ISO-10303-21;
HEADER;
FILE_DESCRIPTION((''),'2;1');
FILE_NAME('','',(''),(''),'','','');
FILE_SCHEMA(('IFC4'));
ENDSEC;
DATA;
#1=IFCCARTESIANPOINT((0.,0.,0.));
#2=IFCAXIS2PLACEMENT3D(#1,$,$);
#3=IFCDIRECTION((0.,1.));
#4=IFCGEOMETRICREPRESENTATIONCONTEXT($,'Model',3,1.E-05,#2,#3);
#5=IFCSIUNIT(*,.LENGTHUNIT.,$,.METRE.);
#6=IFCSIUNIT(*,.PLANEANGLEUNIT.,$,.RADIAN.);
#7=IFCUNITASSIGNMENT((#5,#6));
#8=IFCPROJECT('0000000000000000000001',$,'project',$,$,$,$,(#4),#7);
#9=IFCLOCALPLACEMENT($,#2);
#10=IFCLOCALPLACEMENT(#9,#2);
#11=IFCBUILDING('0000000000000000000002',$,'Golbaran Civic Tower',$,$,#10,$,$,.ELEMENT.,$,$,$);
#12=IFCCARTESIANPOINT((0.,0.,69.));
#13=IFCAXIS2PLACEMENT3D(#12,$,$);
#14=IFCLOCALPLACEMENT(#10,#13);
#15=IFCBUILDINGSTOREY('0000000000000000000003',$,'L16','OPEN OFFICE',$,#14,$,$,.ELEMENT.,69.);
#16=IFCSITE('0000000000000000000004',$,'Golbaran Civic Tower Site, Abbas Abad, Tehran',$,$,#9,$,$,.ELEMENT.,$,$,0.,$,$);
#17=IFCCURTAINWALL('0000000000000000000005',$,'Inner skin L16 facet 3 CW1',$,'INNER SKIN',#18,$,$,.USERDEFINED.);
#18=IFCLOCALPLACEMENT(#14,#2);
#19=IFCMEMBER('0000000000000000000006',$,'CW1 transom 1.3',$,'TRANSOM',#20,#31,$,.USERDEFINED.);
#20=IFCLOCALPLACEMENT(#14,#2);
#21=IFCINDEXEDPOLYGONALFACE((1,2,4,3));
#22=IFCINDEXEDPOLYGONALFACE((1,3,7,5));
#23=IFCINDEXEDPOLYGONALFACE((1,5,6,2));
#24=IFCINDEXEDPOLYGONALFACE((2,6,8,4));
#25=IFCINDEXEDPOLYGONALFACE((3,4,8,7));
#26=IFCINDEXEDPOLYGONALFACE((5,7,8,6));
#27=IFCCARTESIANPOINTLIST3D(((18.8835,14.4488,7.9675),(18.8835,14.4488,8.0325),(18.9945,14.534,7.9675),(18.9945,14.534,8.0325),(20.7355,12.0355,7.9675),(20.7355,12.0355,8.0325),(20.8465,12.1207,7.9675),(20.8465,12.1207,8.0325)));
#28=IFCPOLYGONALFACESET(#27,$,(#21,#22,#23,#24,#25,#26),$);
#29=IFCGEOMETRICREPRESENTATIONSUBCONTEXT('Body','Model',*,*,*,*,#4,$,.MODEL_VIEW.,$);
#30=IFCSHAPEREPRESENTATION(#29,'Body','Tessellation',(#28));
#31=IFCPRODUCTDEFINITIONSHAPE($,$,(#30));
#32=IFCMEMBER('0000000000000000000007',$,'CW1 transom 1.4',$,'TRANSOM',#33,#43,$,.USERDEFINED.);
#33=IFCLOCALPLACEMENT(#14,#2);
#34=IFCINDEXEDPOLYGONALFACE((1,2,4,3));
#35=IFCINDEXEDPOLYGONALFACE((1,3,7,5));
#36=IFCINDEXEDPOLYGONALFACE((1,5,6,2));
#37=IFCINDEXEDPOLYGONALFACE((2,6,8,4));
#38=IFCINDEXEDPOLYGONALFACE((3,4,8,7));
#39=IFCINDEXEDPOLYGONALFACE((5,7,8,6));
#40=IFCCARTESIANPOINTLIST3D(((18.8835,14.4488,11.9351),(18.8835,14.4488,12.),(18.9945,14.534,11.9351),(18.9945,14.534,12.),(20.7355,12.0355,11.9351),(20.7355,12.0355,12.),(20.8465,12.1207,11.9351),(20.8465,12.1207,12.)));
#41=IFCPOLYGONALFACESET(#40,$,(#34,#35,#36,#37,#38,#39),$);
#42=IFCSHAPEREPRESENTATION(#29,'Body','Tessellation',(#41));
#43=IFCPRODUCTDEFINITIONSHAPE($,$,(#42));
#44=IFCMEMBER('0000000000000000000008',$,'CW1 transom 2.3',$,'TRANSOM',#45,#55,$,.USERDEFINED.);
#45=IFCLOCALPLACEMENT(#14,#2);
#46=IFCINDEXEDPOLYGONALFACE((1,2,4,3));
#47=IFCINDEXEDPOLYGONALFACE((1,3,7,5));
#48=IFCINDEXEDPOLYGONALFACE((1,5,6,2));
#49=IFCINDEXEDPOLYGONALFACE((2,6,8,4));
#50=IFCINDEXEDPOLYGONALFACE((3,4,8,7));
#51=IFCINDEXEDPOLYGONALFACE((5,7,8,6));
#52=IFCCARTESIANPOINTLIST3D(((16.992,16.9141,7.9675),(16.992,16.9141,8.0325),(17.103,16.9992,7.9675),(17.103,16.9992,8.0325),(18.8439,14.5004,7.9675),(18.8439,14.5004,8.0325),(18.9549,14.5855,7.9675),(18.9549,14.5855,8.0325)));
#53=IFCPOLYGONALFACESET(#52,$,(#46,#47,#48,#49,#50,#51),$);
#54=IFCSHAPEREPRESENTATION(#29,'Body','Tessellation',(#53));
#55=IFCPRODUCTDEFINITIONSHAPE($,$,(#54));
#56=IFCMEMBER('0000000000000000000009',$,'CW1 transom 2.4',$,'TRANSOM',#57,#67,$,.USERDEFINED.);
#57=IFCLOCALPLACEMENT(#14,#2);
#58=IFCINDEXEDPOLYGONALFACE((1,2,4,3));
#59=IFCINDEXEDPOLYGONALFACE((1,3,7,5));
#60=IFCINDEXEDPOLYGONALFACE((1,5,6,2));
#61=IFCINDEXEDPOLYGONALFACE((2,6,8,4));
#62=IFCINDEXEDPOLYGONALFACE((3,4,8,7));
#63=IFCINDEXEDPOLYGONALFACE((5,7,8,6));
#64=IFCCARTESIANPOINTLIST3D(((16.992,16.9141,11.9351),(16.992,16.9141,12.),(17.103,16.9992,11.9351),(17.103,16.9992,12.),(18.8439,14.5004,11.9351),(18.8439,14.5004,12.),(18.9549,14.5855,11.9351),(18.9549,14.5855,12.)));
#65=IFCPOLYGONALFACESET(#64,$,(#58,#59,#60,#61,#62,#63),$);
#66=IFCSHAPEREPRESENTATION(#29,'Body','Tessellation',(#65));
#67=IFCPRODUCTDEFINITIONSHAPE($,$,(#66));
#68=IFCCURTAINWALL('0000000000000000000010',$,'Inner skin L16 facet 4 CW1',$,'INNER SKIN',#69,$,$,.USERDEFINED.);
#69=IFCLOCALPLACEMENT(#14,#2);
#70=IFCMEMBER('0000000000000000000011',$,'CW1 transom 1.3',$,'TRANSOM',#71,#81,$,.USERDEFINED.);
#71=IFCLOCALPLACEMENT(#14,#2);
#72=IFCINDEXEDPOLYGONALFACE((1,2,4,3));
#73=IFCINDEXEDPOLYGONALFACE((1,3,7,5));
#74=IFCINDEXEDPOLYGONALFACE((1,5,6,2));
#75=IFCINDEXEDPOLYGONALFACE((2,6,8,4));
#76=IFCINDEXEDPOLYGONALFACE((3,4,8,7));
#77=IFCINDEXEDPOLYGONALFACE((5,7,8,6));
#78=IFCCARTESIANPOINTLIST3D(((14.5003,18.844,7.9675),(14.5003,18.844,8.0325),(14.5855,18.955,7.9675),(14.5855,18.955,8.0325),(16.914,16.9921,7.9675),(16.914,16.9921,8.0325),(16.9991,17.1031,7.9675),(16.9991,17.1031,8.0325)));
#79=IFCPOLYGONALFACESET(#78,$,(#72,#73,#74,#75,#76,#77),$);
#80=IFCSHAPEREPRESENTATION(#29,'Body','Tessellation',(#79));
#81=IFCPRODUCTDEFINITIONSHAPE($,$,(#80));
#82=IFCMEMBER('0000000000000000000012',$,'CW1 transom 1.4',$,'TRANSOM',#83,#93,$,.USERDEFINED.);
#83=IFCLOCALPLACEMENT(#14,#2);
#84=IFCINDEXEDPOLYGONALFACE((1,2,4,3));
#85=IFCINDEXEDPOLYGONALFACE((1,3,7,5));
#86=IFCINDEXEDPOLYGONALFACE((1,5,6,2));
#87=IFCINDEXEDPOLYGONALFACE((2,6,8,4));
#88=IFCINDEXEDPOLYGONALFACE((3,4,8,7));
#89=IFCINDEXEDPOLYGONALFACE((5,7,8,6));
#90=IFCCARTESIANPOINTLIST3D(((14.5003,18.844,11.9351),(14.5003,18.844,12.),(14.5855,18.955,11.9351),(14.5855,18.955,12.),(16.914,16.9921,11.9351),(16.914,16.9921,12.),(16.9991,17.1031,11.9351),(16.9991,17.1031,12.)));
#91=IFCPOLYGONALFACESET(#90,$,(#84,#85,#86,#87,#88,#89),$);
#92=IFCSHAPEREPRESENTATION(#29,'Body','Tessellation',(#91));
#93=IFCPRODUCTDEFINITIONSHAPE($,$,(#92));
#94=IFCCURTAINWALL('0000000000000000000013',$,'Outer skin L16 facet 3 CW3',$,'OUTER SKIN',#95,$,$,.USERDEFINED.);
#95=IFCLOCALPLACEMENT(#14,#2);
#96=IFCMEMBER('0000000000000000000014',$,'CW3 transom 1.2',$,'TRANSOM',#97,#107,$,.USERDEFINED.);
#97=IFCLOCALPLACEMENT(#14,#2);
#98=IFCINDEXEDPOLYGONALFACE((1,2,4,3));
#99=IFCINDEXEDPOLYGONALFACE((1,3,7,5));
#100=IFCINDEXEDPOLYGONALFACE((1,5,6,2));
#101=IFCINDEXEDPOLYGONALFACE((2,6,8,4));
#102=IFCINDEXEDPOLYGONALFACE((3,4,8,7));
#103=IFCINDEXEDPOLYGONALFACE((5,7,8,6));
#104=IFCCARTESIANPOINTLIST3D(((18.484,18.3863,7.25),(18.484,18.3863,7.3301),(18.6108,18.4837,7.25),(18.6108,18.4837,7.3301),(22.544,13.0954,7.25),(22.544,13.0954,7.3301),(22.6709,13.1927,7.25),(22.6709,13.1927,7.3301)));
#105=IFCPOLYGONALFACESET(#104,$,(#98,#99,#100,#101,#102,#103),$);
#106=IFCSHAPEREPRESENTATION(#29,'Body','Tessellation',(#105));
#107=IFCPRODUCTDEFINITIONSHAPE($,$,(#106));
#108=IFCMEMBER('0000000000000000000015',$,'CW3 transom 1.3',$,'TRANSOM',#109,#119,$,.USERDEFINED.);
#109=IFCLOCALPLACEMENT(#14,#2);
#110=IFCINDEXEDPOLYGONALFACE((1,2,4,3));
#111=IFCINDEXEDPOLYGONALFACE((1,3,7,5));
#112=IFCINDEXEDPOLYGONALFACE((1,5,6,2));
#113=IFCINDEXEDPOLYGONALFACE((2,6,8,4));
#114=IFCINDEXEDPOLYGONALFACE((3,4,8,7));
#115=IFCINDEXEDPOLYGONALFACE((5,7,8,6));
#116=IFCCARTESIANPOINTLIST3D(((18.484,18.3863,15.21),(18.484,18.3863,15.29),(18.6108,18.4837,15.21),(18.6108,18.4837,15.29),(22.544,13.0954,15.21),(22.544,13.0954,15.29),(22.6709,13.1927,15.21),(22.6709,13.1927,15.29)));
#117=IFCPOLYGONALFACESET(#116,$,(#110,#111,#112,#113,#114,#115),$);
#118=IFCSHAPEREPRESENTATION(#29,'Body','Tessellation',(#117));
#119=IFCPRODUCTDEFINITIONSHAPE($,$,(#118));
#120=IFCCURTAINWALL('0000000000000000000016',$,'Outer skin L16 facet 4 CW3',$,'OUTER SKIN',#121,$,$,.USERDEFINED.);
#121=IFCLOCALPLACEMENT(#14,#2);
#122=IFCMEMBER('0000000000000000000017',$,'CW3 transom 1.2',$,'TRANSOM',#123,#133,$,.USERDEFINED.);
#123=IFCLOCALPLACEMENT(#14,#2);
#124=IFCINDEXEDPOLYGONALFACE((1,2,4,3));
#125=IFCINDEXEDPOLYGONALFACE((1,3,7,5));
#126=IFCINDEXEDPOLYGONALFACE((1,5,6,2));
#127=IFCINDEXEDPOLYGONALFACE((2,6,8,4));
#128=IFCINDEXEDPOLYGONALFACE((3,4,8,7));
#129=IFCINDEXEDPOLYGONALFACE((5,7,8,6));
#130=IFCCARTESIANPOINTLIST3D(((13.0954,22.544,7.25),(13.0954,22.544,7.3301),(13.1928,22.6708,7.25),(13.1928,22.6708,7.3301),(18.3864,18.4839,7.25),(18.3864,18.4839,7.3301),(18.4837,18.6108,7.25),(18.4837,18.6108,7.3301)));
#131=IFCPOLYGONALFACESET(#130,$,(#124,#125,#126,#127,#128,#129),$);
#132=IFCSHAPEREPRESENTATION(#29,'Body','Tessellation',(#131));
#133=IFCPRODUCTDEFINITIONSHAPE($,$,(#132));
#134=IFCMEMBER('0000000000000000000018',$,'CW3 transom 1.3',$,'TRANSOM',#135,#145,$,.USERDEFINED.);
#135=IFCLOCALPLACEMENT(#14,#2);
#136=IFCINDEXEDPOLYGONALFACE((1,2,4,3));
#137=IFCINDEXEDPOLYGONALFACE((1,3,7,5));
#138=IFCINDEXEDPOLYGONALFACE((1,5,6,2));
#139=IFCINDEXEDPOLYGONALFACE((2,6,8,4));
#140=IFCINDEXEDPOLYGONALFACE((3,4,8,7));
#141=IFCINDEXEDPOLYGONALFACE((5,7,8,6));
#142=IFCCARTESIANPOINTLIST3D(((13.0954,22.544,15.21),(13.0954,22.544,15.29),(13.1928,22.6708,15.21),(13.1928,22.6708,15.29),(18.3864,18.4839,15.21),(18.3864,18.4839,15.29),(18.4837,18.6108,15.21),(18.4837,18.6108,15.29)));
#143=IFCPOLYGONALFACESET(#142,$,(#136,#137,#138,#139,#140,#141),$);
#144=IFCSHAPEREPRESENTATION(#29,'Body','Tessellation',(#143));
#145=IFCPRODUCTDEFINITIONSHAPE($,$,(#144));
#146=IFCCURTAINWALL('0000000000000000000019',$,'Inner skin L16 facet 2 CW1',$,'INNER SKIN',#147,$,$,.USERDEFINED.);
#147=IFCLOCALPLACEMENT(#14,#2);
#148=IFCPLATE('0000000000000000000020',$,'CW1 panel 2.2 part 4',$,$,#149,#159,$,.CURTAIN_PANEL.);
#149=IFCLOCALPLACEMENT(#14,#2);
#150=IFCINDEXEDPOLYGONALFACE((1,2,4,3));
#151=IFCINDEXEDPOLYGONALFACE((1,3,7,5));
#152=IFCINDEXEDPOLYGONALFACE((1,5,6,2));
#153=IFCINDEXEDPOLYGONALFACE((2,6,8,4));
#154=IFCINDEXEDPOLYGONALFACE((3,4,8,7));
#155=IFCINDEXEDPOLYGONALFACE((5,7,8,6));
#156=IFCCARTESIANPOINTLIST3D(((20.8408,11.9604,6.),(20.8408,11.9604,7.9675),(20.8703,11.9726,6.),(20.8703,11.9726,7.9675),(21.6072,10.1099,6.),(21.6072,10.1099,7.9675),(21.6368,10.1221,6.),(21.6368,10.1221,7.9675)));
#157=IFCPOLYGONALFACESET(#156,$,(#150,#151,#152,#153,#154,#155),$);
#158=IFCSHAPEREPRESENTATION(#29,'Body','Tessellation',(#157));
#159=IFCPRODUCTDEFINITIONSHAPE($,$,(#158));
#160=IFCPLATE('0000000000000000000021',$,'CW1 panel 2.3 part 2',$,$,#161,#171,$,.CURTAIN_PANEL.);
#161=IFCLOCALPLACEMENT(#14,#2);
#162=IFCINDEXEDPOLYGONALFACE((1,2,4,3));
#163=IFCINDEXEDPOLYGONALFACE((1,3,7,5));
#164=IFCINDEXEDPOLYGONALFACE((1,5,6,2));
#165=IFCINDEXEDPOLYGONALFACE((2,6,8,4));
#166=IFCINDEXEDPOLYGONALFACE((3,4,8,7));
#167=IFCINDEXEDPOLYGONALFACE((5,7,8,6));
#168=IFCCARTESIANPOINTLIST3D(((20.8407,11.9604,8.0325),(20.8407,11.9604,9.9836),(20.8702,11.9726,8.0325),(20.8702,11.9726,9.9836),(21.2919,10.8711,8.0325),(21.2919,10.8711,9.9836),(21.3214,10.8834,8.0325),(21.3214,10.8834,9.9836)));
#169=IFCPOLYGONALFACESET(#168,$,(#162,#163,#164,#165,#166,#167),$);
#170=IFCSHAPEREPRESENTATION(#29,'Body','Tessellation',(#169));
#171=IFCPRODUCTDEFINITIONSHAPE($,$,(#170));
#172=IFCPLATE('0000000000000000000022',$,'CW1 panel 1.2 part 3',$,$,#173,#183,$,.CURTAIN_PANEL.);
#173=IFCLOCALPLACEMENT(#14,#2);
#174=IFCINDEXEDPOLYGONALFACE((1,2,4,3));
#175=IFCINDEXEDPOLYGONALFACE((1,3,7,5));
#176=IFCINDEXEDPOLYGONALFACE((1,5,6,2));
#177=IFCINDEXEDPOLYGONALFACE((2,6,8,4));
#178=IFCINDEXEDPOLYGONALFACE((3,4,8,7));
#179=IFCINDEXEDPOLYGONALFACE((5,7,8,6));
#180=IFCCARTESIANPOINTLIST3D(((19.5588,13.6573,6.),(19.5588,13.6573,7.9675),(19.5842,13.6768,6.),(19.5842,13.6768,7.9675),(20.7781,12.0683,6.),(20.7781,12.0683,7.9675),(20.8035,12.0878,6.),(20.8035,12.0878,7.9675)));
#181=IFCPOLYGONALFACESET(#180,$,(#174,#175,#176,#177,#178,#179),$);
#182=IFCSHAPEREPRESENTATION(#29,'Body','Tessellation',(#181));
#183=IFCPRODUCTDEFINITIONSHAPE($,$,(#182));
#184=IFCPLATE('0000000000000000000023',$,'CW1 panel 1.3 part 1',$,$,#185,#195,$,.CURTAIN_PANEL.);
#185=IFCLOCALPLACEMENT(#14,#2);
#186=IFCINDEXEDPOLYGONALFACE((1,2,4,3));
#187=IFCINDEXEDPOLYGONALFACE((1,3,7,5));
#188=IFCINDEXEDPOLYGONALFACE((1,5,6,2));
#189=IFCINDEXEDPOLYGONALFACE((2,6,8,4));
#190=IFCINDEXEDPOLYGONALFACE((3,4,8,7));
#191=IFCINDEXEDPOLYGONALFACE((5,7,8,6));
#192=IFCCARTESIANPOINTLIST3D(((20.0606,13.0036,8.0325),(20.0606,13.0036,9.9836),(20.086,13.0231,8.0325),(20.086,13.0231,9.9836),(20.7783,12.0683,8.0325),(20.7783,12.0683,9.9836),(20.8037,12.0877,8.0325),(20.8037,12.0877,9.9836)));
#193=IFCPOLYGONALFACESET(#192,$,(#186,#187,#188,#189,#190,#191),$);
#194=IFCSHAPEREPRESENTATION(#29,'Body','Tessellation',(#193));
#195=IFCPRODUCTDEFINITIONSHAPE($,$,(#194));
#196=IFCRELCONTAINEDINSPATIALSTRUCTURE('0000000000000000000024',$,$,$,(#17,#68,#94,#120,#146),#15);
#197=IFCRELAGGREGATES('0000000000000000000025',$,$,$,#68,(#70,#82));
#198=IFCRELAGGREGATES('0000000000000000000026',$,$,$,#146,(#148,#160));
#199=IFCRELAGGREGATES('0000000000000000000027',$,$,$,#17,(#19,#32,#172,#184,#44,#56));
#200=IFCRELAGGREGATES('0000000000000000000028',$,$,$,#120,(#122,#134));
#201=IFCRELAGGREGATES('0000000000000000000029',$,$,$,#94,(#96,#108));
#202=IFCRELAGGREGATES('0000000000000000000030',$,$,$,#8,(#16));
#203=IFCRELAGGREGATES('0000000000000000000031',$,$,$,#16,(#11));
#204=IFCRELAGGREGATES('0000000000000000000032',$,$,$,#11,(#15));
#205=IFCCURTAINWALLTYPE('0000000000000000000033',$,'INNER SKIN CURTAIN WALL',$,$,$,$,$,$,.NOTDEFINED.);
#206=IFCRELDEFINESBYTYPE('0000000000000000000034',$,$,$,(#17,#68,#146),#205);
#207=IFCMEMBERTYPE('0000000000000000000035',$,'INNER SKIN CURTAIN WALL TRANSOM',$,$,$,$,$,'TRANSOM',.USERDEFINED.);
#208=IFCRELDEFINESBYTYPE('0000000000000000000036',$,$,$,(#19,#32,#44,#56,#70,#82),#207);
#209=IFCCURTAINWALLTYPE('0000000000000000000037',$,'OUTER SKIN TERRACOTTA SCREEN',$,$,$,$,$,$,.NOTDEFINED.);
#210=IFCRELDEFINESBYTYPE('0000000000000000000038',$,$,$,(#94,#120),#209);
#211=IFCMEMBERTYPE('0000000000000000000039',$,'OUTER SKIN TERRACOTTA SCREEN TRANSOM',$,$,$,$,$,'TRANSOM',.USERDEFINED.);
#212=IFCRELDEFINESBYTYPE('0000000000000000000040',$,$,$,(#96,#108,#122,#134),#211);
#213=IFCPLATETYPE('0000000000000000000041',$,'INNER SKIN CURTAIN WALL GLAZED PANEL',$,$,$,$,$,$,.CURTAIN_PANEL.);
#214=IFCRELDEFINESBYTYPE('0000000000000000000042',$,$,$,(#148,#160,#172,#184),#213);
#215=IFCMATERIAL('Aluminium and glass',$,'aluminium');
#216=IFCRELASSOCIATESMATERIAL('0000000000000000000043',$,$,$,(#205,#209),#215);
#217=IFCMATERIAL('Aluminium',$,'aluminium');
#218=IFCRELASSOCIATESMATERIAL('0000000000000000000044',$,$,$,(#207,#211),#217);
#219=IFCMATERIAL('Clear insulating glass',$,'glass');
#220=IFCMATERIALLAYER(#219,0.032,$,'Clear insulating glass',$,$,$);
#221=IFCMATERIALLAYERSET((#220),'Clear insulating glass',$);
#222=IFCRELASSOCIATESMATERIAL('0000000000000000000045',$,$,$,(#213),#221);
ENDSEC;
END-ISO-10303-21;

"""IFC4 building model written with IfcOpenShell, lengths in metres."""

from ifc_helpers import new_model, si_unit, direction, frame, origin, origin_2d, place, context, subcontext, project, spatial, rectangle, extrude, material, layer, layer_set, material_profile, profile_set, type_object, element, aggregate, save


model = new_model("IFC4")

# Units and contexts
model_context = context("Model", 3, precision=1e-05, world=origin(), true_north=direction((0.0, 1.0)))
body_context = subcontext(model_context, "Body", "Model", "MODEL_VIEW")
ifc_project = project(units=[si_unit("LENGTHUNIT", "METRE"), si_unit("PLANEANGLEUNIT", "RADIAN")], contexts=[model_context])

# Site, building, storey
site_placement = place(None, origin())
site = spatial("IfcSite", under=ifc_project, at=site_placement, Name="Golbaran Civic Tower Site, Abbas Abad, Tehran", CompositionType="ELEMENT", RefElevation=0.0)
building_placement = place(site_placement, origin())
building = spatial("IfcBuilding", under=site, at=building_placement, Name="Golbaran Civic Tower", CompositionType="ELEMENT")
storey_placement = place(building_placement, frame((0.0, 0.0, 69.0)))
storey = spatial("IfcBuildingStorey", under=building, at=storey_placement, Name="L16", Description="OPEN OFFICE", CompositionType="ELEMENT", Elevation=69.0)

# Curtain walls, members
ifc_material_1 = material(Name="Aluminium and glass", Category="aluminium")
curtain_wall_type_1 = type_object("IfcCurtainWallType", Name="INNER SKIN CURTAIN WALL", PredefinedType="NOTDEFINED", material=ifc_material_1)
curtain_wall_1_placement = place(storey_placement, origin())
curtain_wall_1 = element("IfcCurtainWall", 1, at=curtain_wall_1_placement, inside=storey, type_object=curtain_wall_type_1, Name="Inner skin L16 facet 3 CW1", ObjectType="INNER SKIN", PredefinedType="USERDEFINED")
ifc_material_2 = material(Name="Aluminium", Category="aluminium")
ifc_material_profile_1 = material_profile(ifc_material_2, rectangle(XDim=0.1399, YDim=0.0649, at=origin_2d()), Name="INNER SKIN CURTAIN WALL TRANSOM")
ifc_profile_set_1 = profile_set([ifc_material_profile_1], Name="Aluminium")
member_type_1 = type_object("IfcMemberType", Name="INNER SKIN CURTAIN WALL TRANSOM", ElementType="TRANSOM", PredefinedType="USERDEFINED", material=ifc_profile_set_1)
member_1_placement = place(storey_placement, frame((20.791, 12.0781, 8.0), z_axis=(-0.608811, 0.793316, 0.0), x_axis=(-0.793316, -0.608811, 0.0)))
member_1 = element("IfcMember", 2, at=member_1_placement, type_object=member_type_1, Name="CW1 transom 1.3", ObjectType="TRANSOM", PredefinedType="USERDEFINED", context=body_context, shape_type="SweptSolid", body=[
    extrude(rectangle(XDim=0.1399, YDim=0.0649, at=origin_2d()), origin(), (0.0, 0.0, 1.0), 3.042),
])
member_2_placement = place(storey_placement, frame((20.791, 12.0781, 11.9675), z_axis=(-0.608811, 0.793316, 0.0), x_axis=(-0.793316, -0.608811, 0.0)))
member_2 = element("IfcMember", 3, at=member_2_placement, type_object=member_type_1, Name="CW1 transom 1.4", ObjectType="TRANSOM", PredefinedType="USERDEFINED", context=body_context, shape_type="SweptSolid", body=[
    extrude(rectangle(XDim=0.1399, YDim=0.0649, at=origin_2d()), origin(), (0.0, 0.0, 1.0), 3.042),
])
member_3_placement = place(storey_placement, frame((18.8994, 14.543, 8.0), z_axis=(-0.608721, 0.793384, 0.0), x_axis=(-0.793384, -0.608721, 0.0)))
member_3 = element("IfcMember", 4, at=member_3_placement, type_object=member_type_1, Name="CW1 transom 2.3", ObjectType="TRANSOM", PredefinedType="USERDEFINED", context=body_context, shape_type="SweptSolid", body=[
    extrude(rectangle(XDim=0.1399, YDim=0.0649, at=origin_2d()), origin(), (0.0, 0.0, 1.0), 3.0422),
])
member_4_placement = place(storey_placement, frame((18.8994, 14.543, 11.9675), z_axis=(-0.608721, 0.793384, 0.0), x_axis=(-0.793384, -0.608721, 0.0)))
member_4 = element("IfcMember", 5, at=member_4_placement, type_object=member_type_1, Name="CW1 transom 2.4", ObjectType="TRANSOM", PredefinedType="USERDEFINED", context=body_context, shape_type="SweptSolid", body=[
    extrude(rectangle(XDim=0.1399, YDim=0.0649, at=origin_2d()), origin(), (0.0, 0.0, 1.0), 3.0422),
])
curtain_wall_2_placement = place(storey_placement, origin())
curtain_wall_2 = element("IfcCurtainWall", 6, at=curtain_wall_2_placement, inside=storey, type_object=curtain_wall_type_1, Name="Inner skin L16 facet 4 CW1", ObjectType="INNER SKIN", PredefinedType="USERDEFINED")
member_5_placement = place(storey_placement, frame((16.9565, 17.0476, 8.0), z_axis=(-0.793384, 0.608721, 0.0), x_axis=(-0.608721, -0.793384, 0.0)))
member_5 = element("IfcMember", 7, at=member_5_placement, type_object=member_type_1, Name="CW1 transom 1.3", ObjectType="TRANSOM", PredefinedType="USERDEFINED", context=body_context, shape_type="SweptSolid", body=[
    extrude(rectangle(XDim=0.1399, YDim=0.0649, at=origin_2d()), origin(), (0.0, 0.0, 1.0), 3.0422),
])
member_6_placement = place(storey_placement, frame((16.9565, 17.0476, 11.9675), z_axis=(-0.793384, 0.608721, 0.0), x_axis=(-0.608721, -0.793384, 0.0)))
member_6 = element("IfcMember", 8, at=member_6_placement, type_object=member_type_1, Name="CW1 transom 1.4", ObjectType="TRANSOM", PredefinedType="USERDEFINED", context=body_context, shape_type="SweptSolid", body=[
    extrude(rectangle(XDim=0.1399, YDim=0.0649, at=origin_2d()), origin(), (0.0, 0.0, 1.0), 3.0422),
])
curtain_wall_type_2 = type_object("IfcCurtainWallType", Name="OUTER SKIN TERRACOTTA SCREEN", PredefinedType="NOTDEFINED", material=ifc_material_1)
curtain_wall_3_placement = place(storey_placement, origin())
curtain_wall_3 = element("IfcCurtainWall", 9, at=curtain_wall_3_placement, inside=storey, type_object=curtain_wall_type_2, Name="Outer skin L16 facet 3 CW3", ObjectType="OUTER SKIN", PredefinedType="USERDEFINED")
ifc_material_profile_2 = material_profile(ifc_material_2, rectangle(XDim=0.1599, YDim=0.0801, at=origin_2d()), Name="OUTER SKIN TERRACOTTA SCREEN TRANSOM")
ifc_profile_set_2 = profile_set([ifc_material_profile_2], Name="Aluminium")
member_type_2 = type_object("IfcMemberType", Name="OUTER SKIN TERRACOTTA SCREEN TRANSOM", ElementType="TRANSOM", PredefinedType="USERDEFINED", material=ifc_profile_set_2)
member_7_placement = place(storey_placement, frame((22.6074, 13.144, 7.29), z_axis=(-0.608773, 0.793345, 0.0), x_axis=(-0.793345, -0.608773, 0.0)))
member_7 = element("IfcMember", 10, at=member_7_placement, type_object=member_type_2, Name="CW3 transom 1.2", ObjectType="TRANSOM", PredefinedType="USERDEFINED", context=body_context, shape_type="SweptSolid", body=[
    extrude(rectangle(XDim=0.1599, YDim=0.0801, at=origin_2d()), origin(), (0.0, 0.0, 1.0), 6.6692),
])
member_8_placement = place(storey_placement, frame((22.6074, 13.144, 15.25), z_axis=(-0.608773, 0.793345, 0.0), x_axis=(-0.793345, -0.608773, 0.0)))
member_8 = element("IfcMember", 11, at=member_8_placement, type_object=member_type_2, Name="CW3 transom 1.3", ObjectType="TRANSOM", PredefinedType="USERDEFINED", context=body_context, shape_type="SweptSolid", body=[
    extrude(rectangle(XDim=0.1599, YDim=0.0801, at=origin_2d()), origin(), (0.0, 0.0, 1.0), 6.6692),
])
curtain_wall_4_placement = place(storey_placement, origin())
curtain_wall_4 = element("IfcCurtainWall", 12, at=curtain_wall_4_placement, inside=storey, type_object=curtain_wall_type_2, Name="Outer skin L16 facet 4 CW3", ObjectType="OUTER SKIN", PredefinedType="USERDEFINED")
member_9_placement = place(storey_placement, frame((18.4351, 18.5474, 7.29), z_axis=(-0.793345, 0.608773, 0.0), x_axis=(-0.608773, -0.793345, 0.0)))
member_9 = element("IfcMember", 13, at=member_9_placement, type_object=member_type_2, Name="CW3 transom 1.2", ObjectType="TRANSOM", PredefinedType="USERDEFINED", context=body_context, shape_type="SweptSolid", body=[
    extrude(rectangle(XDim=0.1599, YDim=0.0801, at=origin_2d()), origin(), (0.0, 0.0, 1.0), 6.6692),
])
member_10_placement = place(storey_placement, frame((18.4351, 18.5474, 15.25), z_axis=(-0.793345, 0.608773, 0.0), x_axis=(-0.608773, -0.793345, 0.0)))
member_10 = element("IfcMember", 14, at=member_10_placement, type_object=member_type_2, Name="CW3 transom 1.3", ObjectType="TRANSOM", PredefinedType="USERDEFINED", context=body_context, shape_type="SweptSolid", body=[
    extrude(rectangle(XDim=0.1599, YDim=0.0801, at=origin_2d()), origin(), (0.0, 0.0, 1.0), 6.6692),
])

# Curtain wall, plates
curtain_wall_5_placement = place(storey_placement, origin())
curtain_wall_5 = element("IfcCurtainWall", 15, at=curtain_wall_5_placement, inside=storey, type_object=curtain_wall_type_1, Name="Inner skin L16 facet 2 CW1", ObjectType="INNER SKIN", PredefinedType="USERDEFINED")
ifc_material_3 = material(Name="Clear insulating glass", Category="glass")
ifc_layer_1 = layer(ifc_material_3, 0.032, Name="Clear insulating glass")
ifc_layer_set_1 = layer_set([ifc_layer_1], Name="Clear insulating glass")
plate_type_1 = type_object("IfcPlateType", Name="INNER SKIN CURTAIN WALL GLAZED PANEL", PredefinedType="CURTAIN_PANEL", material=ifc_layer_set_1)
plate_1_placement = place(storey_placement, frame((21.2388, 11.0413, 6.0), z_axis=(0.0, 0.0, 1.0), x_axis=(-0.382683, 0.92388, 0.0)))
plate_1 = element("IfcPlate", 16, at=plate_1_placement, type_object=plate_type_1, Name="CW1 panel 2.2 part 4", PredefinedType="CURTAIN_PANEL", context=body_context, shape_type="SweptSolid", body=[
    extrude(rectangle(XDim=2.0029, YDim=0.032, at=origin_2d()), origin(), (0.0, 0.0, 1.0), 1.9675),
])
plate_2_placement = place(storey_placement, frame((21.0811, 11.4219, 8.0325), z_axis=(0.0, 0.0, 1.0), x_axis=(-0.382683, 0.92388, 0.0)))
plate_2 = element("IfcPlate", 17, at=plate_2_placement, type_object=plate_type_1, Name="CW1 panel 2.3 part 2", PredefinedType="CURTAIN_PANEL", context=body_context, shape_type="SweptSolid", body=[
    extrude(rectangle(XDim=1.179, YDim=0.032, at=origin_2d()), origin(), (0.0, 0.0, 1.0), 1.9512),
])

# Plates
plate_3_placement = place(storey_placement, frame((20.1812, 12.8726, 6.0), z_axis=(0.0, 0.0, 1.0), x_axis=(-0.608761, 0.793353, 0.0)))
plate_3 = element("IfcPlate", 18, at=plate_3_placement, type_object=plate_type_1, Name="CW1 panel 1.2 part 3", PredefinedType="CURTAIN_PANEL", context=body_context, shape_type="SweptSolid", body=[
    extrude(rectangle(XDim=2.0029, YDim=0.032, at=origin_2d()), origin(), (0.0, 0.0, 1.0), 1.9675),
])
plate_4_placement = place(storey_placement, frame((20.4321, 12.5457, 8.0325), z_axis=(0.0, 0.0, 1.0), x_axis=(-0.608761, 0.793353, 0.0)))
plate_4 = element("IfcPlate", 19, at=plate_4_placement, type_object=plate_type_1, Name="CW1 panel 1.3 part 1", PredefinedType="CURTAIN_PANEL", context=body_context, shape_type="SweptSolid", body=[
    extrude(rectangle(XDim=1.179, YDim=0.032, at=origin_2d()), origin(), (0.0, 0.0, 1.0), 1.9512),
])
aggregate(curtain_wall_2, [member_5, member_6])
aggregate(curtain_wall_5, [plate_1, plate_2])
aggregate(curtain_wall_1, [member_1, member_2, plate_3, plate_4, member_3, member_4])

aggregate(curtain_wall_4, [member_9, member_10])
aggregate(curtain_wall_3, [member_7, member_8])

save(model, "model.ifc")
